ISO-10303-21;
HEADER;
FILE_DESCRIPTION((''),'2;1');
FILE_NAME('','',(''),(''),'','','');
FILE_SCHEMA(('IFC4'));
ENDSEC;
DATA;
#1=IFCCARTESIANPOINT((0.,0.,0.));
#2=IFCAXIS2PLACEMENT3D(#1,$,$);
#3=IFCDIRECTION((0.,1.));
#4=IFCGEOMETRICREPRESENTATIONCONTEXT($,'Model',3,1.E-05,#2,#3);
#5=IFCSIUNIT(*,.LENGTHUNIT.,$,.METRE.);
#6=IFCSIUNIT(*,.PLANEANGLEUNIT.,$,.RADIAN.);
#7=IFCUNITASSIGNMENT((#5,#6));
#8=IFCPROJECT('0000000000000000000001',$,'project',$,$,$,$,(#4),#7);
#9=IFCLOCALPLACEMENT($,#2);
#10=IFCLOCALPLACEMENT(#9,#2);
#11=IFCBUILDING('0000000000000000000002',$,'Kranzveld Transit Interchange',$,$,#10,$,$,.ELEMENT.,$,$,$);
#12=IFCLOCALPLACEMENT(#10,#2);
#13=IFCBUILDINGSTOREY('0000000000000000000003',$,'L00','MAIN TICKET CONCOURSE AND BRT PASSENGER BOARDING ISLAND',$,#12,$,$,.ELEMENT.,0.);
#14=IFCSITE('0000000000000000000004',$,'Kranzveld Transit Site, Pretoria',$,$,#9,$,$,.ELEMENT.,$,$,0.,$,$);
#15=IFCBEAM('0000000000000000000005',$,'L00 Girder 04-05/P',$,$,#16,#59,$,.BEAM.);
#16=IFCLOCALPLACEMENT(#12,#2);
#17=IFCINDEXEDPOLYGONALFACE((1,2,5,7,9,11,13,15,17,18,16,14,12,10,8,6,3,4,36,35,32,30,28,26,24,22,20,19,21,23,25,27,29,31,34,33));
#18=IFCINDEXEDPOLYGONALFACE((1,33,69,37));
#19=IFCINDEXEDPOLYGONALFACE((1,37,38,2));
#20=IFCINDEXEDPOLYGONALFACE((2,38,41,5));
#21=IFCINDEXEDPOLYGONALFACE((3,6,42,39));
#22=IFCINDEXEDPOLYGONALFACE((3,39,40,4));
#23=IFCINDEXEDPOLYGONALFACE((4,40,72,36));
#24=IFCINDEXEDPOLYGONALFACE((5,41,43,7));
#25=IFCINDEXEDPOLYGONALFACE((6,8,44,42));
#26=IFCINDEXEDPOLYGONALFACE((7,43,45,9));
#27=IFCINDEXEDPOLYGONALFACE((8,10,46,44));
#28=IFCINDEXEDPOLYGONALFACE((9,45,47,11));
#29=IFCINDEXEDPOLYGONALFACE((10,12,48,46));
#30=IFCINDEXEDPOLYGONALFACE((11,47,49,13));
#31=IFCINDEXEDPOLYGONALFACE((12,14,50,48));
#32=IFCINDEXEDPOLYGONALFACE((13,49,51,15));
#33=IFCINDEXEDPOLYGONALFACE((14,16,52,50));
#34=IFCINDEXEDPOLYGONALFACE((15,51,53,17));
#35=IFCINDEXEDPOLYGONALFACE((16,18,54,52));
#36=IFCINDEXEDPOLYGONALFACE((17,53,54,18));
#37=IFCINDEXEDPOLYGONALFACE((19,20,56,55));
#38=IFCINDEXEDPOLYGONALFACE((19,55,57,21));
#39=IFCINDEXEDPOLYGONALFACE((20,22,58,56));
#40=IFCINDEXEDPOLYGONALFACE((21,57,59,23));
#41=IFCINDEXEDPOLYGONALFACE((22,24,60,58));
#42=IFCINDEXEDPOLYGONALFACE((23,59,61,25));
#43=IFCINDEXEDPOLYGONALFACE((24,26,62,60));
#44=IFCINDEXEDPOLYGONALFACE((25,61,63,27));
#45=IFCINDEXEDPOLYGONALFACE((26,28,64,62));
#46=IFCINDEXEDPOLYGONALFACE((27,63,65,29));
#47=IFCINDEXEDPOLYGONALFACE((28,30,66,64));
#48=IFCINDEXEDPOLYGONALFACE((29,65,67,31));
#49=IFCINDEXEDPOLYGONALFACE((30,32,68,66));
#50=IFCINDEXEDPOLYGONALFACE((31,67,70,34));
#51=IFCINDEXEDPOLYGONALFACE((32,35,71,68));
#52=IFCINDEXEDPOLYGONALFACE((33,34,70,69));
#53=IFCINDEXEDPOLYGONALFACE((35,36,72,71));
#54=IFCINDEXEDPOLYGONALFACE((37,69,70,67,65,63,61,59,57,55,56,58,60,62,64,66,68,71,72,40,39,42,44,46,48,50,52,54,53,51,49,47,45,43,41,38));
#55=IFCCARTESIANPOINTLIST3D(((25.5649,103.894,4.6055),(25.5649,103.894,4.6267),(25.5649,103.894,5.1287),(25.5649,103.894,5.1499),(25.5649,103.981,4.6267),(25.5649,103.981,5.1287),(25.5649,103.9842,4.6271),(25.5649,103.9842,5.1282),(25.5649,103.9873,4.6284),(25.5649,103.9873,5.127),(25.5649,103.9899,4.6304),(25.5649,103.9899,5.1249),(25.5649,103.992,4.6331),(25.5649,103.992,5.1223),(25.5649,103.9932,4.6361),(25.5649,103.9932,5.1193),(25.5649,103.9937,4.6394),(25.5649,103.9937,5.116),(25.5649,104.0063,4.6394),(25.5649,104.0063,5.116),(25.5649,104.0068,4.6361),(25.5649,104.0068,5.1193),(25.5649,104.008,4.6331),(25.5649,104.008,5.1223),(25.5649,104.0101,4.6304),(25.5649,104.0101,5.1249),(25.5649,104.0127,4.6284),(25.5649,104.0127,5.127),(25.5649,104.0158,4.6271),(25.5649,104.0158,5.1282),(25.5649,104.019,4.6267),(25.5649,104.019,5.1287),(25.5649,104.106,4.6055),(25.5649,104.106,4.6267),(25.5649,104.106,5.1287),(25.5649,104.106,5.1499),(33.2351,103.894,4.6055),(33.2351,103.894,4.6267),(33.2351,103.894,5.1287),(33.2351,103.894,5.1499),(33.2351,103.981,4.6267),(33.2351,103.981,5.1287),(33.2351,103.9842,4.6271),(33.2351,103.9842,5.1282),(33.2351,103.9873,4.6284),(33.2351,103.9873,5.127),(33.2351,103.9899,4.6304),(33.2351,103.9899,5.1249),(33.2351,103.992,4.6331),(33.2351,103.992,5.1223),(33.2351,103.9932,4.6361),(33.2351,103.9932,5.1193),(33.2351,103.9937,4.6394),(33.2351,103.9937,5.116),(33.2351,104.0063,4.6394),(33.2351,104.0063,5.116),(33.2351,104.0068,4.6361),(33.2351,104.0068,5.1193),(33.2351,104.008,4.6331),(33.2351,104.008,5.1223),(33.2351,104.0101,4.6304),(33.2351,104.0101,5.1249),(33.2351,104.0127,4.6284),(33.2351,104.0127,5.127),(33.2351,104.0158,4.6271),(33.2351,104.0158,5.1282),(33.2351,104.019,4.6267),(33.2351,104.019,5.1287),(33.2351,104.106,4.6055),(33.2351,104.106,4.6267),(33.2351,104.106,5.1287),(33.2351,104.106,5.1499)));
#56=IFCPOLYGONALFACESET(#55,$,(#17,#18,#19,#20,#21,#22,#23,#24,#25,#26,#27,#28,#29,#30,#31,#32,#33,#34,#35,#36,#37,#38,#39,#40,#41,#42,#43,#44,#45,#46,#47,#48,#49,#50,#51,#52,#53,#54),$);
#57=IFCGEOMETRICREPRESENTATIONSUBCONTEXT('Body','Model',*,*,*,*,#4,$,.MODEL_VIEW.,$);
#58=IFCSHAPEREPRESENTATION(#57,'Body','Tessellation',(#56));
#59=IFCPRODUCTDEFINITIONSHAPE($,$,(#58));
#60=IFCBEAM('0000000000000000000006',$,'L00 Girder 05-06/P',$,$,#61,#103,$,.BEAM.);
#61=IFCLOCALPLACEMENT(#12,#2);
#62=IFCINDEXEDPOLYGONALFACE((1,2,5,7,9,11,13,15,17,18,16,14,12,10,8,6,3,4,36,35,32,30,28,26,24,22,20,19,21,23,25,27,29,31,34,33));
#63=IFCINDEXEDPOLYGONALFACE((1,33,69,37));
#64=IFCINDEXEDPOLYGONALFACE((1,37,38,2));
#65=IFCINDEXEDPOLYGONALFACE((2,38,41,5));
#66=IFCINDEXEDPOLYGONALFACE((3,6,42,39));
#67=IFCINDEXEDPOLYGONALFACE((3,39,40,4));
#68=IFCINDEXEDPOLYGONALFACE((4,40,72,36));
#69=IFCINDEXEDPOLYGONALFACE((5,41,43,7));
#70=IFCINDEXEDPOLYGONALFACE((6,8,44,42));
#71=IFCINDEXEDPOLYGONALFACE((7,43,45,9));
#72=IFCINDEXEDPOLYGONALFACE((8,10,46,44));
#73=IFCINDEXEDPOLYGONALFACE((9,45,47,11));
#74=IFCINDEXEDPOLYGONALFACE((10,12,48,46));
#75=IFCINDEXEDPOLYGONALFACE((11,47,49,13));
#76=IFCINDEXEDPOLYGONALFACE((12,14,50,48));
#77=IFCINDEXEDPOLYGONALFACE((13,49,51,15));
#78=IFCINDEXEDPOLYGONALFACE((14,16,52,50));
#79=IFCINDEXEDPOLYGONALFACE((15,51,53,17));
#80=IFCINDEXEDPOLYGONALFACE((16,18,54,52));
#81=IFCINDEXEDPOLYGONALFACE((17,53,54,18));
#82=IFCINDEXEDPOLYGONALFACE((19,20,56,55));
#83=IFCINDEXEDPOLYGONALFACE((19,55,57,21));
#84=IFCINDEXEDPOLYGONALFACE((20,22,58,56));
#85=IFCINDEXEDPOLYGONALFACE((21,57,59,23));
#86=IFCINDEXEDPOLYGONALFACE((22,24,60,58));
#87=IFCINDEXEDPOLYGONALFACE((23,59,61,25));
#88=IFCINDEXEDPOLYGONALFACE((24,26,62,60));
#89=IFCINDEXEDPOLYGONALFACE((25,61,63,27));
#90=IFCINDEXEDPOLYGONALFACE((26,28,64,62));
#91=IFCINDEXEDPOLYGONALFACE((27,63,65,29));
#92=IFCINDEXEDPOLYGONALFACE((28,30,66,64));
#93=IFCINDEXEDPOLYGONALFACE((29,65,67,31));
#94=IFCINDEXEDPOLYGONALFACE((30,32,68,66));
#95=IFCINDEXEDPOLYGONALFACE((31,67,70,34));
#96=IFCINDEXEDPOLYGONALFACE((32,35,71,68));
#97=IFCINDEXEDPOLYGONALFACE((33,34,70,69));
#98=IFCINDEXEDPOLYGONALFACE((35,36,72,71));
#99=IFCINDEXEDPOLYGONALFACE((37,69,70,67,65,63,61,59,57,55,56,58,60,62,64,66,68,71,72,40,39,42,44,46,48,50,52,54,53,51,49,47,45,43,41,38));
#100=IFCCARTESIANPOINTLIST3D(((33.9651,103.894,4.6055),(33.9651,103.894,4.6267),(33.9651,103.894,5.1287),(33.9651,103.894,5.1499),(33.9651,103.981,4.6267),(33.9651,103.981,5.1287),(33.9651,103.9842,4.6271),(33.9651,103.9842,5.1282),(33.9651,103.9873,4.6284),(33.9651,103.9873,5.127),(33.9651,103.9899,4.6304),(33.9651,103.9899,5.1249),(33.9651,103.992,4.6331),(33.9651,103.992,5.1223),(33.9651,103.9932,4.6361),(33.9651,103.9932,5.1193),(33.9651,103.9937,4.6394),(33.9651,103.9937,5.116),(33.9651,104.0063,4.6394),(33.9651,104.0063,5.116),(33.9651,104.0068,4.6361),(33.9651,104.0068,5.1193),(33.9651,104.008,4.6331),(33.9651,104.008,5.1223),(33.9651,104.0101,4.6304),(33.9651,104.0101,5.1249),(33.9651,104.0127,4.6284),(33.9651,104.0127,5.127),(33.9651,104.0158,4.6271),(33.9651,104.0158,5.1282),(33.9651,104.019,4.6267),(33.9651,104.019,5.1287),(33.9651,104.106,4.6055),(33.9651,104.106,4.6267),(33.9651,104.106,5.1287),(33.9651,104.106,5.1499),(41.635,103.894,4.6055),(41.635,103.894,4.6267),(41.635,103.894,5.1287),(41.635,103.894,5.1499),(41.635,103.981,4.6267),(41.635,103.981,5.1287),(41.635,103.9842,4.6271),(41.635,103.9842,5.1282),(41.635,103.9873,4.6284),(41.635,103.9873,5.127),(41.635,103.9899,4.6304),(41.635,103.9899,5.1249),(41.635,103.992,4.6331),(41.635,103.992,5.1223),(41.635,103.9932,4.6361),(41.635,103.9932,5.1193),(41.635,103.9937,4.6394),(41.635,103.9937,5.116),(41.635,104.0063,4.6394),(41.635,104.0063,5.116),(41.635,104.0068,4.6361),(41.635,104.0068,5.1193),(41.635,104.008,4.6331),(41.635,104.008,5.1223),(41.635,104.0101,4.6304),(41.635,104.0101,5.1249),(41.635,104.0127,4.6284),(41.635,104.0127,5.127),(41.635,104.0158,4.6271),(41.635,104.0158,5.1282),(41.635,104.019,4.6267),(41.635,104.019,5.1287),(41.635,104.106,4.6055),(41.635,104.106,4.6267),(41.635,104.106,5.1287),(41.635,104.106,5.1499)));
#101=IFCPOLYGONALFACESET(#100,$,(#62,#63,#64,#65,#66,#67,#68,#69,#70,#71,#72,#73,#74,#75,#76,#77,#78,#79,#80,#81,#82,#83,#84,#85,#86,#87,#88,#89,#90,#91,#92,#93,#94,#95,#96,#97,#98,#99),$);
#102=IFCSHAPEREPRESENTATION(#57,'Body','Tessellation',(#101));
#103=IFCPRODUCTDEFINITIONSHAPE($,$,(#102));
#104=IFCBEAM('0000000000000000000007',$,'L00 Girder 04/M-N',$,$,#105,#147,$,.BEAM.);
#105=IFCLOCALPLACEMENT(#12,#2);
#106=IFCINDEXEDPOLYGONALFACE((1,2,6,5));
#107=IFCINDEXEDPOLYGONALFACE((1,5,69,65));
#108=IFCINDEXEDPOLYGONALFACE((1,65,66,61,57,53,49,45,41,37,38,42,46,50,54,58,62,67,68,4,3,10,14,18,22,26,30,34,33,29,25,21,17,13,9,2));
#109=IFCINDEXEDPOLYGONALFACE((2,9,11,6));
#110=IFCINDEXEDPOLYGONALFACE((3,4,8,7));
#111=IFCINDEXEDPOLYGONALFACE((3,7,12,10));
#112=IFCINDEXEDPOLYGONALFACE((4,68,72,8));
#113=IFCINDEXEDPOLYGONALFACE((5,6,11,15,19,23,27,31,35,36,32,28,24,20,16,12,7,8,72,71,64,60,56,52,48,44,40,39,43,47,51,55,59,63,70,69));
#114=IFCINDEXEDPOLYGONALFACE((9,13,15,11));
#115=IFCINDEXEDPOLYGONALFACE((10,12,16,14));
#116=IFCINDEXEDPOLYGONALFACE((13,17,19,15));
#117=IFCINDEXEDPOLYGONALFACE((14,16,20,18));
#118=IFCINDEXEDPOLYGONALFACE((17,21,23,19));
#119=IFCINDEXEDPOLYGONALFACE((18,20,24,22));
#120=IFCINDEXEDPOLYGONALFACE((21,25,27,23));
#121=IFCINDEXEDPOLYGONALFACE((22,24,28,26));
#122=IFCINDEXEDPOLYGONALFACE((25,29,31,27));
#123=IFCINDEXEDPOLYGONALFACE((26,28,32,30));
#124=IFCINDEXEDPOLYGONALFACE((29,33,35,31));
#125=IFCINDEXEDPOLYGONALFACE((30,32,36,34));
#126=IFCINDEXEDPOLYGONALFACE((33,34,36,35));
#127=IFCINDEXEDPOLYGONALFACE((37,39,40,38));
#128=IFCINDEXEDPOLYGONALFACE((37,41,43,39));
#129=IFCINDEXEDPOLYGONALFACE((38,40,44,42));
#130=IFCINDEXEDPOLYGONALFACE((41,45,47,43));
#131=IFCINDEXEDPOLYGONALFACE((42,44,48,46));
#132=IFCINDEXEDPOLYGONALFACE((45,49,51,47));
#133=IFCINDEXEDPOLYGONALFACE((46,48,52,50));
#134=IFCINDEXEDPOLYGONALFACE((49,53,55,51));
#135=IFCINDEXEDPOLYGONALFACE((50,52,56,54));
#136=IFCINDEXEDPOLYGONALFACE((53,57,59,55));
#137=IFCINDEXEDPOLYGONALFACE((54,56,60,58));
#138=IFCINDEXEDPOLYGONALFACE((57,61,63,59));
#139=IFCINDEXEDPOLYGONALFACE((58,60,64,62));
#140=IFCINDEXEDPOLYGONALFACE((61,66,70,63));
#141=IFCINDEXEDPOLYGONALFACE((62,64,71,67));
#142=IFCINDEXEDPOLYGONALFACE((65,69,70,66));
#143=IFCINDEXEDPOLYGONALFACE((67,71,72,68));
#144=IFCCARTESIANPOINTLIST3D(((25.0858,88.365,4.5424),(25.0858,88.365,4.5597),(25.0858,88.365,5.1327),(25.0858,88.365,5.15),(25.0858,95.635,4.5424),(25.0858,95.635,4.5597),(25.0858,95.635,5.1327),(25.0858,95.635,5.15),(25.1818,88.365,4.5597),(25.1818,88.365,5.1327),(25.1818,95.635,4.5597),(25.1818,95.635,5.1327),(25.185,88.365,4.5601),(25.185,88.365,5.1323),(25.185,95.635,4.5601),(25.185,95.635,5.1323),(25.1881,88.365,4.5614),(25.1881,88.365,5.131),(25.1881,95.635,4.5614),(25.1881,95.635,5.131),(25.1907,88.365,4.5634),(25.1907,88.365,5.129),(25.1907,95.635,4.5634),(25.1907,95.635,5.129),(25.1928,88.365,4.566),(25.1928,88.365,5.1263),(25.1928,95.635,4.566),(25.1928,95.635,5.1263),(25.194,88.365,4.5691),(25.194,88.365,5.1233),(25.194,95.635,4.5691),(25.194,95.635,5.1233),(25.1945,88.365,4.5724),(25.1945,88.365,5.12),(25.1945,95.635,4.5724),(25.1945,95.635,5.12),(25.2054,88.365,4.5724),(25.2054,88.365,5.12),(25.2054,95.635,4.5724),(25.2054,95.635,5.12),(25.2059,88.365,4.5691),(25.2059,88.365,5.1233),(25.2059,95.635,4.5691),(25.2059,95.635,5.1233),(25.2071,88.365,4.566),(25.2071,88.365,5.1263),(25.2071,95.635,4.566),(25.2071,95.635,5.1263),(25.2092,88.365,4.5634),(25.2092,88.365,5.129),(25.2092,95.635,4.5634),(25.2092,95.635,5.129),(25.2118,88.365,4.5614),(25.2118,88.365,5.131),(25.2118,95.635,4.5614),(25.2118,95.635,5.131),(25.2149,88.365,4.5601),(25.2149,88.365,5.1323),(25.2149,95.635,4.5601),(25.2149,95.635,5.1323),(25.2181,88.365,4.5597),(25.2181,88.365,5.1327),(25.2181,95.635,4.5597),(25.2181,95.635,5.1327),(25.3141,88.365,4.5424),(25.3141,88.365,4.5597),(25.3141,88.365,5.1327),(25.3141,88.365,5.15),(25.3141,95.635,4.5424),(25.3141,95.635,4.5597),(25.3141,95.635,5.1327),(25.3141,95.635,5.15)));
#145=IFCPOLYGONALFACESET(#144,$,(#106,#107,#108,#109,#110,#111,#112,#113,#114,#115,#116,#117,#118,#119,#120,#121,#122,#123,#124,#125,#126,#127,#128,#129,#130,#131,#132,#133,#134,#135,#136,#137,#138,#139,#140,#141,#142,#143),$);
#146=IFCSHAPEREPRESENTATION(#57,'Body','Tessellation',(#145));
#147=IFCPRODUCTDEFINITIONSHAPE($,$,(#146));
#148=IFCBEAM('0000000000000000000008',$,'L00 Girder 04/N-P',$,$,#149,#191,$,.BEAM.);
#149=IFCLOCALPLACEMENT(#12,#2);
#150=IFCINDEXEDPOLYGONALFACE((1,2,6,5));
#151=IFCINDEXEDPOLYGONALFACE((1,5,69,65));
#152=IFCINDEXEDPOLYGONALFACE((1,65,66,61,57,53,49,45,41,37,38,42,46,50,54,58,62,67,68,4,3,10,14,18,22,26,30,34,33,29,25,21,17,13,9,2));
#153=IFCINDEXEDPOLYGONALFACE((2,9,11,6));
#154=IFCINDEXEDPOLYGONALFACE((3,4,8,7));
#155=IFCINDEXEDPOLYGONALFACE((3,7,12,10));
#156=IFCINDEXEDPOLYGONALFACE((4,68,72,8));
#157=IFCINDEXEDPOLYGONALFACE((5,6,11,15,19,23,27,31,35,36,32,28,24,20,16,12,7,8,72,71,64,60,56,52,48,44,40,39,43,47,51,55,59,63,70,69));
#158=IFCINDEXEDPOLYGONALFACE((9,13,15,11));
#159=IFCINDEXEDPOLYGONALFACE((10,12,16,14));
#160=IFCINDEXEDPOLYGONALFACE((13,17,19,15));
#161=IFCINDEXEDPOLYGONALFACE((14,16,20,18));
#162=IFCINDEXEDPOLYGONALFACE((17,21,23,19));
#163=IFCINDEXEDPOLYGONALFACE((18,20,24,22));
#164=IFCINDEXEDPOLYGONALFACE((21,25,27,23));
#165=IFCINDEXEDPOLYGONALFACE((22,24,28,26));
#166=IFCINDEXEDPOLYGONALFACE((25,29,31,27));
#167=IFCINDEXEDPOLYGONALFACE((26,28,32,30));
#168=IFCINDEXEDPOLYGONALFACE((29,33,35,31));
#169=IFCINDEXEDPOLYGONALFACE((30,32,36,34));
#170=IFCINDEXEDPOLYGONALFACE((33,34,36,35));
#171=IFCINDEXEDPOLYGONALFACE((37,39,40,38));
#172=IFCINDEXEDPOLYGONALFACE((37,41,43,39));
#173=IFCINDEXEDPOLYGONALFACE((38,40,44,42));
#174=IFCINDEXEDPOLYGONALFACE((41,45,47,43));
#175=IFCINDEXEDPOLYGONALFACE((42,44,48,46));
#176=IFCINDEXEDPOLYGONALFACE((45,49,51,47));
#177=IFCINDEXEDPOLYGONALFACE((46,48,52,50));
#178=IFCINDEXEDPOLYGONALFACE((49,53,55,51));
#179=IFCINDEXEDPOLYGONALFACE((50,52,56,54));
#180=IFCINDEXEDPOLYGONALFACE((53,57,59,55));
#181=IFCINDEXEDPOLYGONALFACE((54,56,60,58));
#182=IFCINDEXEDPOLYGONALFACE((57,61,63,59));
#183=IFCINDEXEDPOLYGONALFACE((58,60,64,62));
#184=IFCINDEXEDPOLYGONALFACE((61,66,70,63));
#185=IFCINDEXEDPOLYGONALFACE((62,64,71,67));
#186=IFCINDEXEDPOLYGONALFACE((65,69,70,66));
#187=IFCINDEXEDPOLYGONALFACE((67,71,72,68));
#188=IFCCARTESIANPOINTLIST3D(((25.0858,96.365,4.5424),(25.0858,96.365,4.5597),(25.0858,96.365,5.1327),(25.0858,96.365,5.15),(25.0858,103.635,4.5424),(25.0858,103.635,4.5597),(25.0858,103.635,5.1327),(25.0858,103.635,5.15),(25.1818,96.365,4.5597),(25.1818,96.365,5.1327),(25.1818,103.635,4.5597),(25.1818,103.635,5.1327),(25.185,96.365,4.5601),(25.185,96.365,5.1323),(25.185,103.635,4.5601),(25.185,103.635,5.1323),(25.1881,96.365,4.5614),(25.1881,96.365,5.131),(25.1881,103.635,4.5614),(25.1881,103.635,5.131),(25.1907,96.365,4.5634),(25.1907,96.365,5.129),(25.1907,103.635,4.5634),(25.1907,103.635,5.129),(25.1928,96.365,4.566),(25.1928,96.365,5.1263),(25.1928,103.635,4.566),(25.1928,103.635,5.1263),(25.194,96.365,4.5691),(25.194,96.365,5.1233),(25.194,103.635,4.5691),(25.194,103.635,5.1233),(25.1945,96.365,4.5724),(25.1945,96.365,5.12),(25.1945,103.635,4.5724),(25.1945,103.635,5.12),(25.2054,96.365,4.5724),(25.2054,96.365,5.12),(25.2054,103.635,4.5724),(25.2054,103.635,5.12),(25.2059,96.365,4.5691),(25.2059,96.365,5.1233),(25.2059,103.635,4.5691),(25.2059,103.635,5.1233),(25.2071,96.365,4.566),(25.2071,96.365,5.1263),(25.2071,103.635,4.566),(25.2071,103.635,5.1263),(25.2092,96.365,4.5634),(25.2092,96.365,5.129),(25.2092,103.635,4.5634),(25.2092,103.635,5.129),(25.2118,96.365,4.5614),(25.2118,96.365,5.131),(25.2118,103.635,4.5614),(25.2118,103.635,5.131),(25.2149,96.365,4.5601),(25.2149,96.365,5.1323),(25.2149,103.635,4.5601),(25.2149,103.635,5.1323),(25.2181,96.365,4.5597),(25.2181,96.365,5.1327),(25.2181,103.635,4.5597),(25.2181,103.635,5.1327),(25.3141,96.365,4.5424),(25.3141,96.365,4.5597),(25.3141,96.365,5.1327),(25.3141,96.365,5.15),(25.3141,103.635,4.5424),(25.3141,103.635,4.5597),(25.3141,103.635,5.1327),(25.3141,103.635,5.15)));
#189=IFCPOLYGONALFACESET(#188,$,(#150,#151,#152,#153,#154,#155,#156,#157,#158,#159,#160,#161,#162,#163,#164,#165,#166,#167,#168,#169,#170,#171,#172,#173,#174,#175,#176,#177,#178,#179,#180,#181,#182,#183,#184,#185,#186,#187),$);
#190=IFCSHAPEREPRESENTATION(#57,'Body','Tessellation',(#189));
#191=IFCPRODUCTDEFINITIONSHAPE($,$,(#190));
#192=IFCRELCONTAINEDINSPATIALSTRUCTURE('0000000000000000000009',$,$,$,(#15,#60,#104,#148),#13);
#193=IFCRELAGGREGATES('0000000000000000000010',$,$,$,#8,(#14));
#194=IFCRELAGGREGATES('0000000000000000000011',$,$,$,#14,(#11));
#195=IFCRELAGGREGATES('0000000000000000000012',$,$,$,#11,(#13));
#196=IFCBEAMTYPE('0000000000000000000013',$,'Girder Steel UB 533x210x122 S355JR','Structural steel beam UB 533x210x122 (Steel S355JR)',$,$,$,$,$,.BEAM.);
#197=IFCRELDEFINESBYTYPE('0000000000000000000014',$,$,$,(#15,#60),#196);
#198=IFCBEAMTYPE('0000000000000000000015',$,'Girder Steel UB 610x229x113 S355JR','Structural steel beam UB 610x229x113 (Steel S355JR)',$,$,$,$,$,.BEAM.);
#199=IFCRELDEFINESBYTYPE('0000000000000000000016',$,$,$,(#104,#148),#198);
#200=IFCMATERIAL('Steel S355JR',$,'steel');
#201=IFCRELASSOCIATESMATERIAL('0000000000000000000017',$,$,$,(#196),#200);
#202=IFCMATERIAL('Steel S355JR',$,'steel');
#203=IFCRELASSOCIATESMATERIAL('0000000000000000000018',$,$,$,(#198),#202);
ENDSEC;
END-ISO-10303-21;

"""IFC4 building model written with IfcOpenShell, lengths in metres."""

from ifc_helpers import new_model, si_unit, direction, frame, origin, origin_2d, place, context, subcontext, project, spatial, i_section, extrude, material, material_profile, profile_set, type_object, element, save


model = new_model("IFC4")

# Units and contexts
model_context = context("Model", 3, precision=1e-05, world=origin(), true_north=direction((0.0, 1.0)))
body_context = subcontext(model_context, "Body", "Model", "MODEL_VIEW")
ifc_project = project(units=[si_unit("LENGTHUNIT", "METRE"), si_unit("PLANEANGLEUNIT", "RADIAN")], contexts=[model_context])

# Site, building, storey
site_placement = place(None, origin())
site = spatial("IfcSite", under=ifc_project, at=site_placement, Name="Kranzveld Transit Site, Pretoria", CompositionType="ELEMENT", RefElevation=0.0)
building_placement = place(site_placement, origin())
building = spatial("IfcBuilding", under=site, at=building_placement, Name="Kranzveld Transit Interchange", CompositionType="ELEMENT")
storey_placement = place(building_placement, origin())
storey = spatial("IfcBuildingStorey", under=building, at=storey_placement, Name="L00", Description="MAIN TICKET CONCOURSE AND BRT PASSENGER BOARDING ISLAND", CompositionType="ELEMENT", Elevation=0.0)

# Beams
ifc_material_1 = material(Name="Steel S355JR", Category="steel")
ifc_material_profile_1 = material_profile(ifc_material_1, i_section(OverallWidth=0.2119, OverallDepth=0.5444, WebThickness=0.0127, FlangeThickness=0.0212, FilletRadius=0.0127, at=origin_2d()), Name="UB 533x210x122")
ifc_profile_set_1 = profile_set([ifc_material_profile_1], Name="Steel S355JR")
beam_type_1 = type_object("IfcBeamType", Name="Girder Steel UB 533x210x122 S355JR", Description="Structural steel beam UB 533x210x122 (Steel S355JR)", PredefinedType="BEAM", material=ifc_profile_set_1)
beam_1_placement = place(storey_placement, frame((25.5649, 104.0, 4.8777), z_axis=(1.0, 0.0, 0.0), x_axis=(0.0, 1.0, 0.0)))
element("IfcBeam", 1, at=beam_1_placement, inside=storey, type_object=beam_type_1, Name="L00 Girder 04-05/P", PredefinedType="BEAM", context=body_context, shape_type="SweptSolid", body=[
    extrude(i_section(OverallWidth=0.2119, OverallDepth=0.5444, WebThickness=0.0127, FlangeThickness=0.0212, FilletRadius=0.0127, at=origin_2d()), origin(), (0.0, 0.0, 1.0), 7.6702),
])
beam_2_placement = place(storey_placement, frame((33.9651, 104.0, 4.8777), z_axis=(1.0, 0.0, 0.0), x_axis=(0.0, 1.0, 0.0)))
element("IfcBeam", 2, at=beam_2_placement, inside=storey, type_object=beam_type_1, Name="L00 Girder 05-06/P", PredefinedType="BEAM", context=body_context, shape_type="SweptSolid", body=[
    extrude(i_section(OverallWidth=0.2119, OverallDepth=0.5444, WebThickness=0.0127, FlangeThickness=0.0212, FilletRadius=0.0127, at=origin_2d()), origin(), (0.0, 0.0, 1.0), 7.6699),
])
ifc_material_2 = material(Name="Steel S355JR", Category="steel")
ifc_material_profile_2 = material_profile(ifc_material_2, i_section(OverallWidth=0.2283, OverallDepth=0.6077, WebThickness=0.011, FlangeThickness=0.0173, FilletRadius=0.0127, at=origin_2d()), Name="UB 610x229x113")
ifc_profile_set_2 = profile_set([ifc_material_profile_2], Name="Steel S355JR")
beam_type_2 = type_object("IfcBeamType", Name="Girder Steel UB 610x229x113 S355JR", Description="Structural steel beam UB 610x229x113 (Steel S355JR)", PredefinedType="BEAM", material=ifc_profile_set_2)
for number, where, z_axis, x_axis, name in (
    (3, (25.2, 88.365, 4.8462), (0.0, 1.0, 0.0), (-1.0, 0.0, 0.0), "L00 Girder 04/M-N"),
    (4, (25.2, 96.365, 4.8462), (0.0, 1.0, 0.0), (-1.0, 0.0, 0.0), "L00 Girder 04/N-P"),
):
    element("IfcBeam", number, at=place(storey_placement, frame(where, z_axis=z_axis, x_axis=x_axis)), inside=storey, type_object=beam_type_2, Name=name, PredefinedType="BEAM", context=body_context, shape_type="SweptSolid", body=[
        extrude(i_section(OverallWidth=0.2283, OverallDepth=0.6077, WebThickness=0.011, FlangeThickness=0.0173, FilletRadius=0.0127, at=origin_2d()), origin(), (0.0, 0.0, 1.0), 7.27),
    ])

save(model, "model.ifc")
